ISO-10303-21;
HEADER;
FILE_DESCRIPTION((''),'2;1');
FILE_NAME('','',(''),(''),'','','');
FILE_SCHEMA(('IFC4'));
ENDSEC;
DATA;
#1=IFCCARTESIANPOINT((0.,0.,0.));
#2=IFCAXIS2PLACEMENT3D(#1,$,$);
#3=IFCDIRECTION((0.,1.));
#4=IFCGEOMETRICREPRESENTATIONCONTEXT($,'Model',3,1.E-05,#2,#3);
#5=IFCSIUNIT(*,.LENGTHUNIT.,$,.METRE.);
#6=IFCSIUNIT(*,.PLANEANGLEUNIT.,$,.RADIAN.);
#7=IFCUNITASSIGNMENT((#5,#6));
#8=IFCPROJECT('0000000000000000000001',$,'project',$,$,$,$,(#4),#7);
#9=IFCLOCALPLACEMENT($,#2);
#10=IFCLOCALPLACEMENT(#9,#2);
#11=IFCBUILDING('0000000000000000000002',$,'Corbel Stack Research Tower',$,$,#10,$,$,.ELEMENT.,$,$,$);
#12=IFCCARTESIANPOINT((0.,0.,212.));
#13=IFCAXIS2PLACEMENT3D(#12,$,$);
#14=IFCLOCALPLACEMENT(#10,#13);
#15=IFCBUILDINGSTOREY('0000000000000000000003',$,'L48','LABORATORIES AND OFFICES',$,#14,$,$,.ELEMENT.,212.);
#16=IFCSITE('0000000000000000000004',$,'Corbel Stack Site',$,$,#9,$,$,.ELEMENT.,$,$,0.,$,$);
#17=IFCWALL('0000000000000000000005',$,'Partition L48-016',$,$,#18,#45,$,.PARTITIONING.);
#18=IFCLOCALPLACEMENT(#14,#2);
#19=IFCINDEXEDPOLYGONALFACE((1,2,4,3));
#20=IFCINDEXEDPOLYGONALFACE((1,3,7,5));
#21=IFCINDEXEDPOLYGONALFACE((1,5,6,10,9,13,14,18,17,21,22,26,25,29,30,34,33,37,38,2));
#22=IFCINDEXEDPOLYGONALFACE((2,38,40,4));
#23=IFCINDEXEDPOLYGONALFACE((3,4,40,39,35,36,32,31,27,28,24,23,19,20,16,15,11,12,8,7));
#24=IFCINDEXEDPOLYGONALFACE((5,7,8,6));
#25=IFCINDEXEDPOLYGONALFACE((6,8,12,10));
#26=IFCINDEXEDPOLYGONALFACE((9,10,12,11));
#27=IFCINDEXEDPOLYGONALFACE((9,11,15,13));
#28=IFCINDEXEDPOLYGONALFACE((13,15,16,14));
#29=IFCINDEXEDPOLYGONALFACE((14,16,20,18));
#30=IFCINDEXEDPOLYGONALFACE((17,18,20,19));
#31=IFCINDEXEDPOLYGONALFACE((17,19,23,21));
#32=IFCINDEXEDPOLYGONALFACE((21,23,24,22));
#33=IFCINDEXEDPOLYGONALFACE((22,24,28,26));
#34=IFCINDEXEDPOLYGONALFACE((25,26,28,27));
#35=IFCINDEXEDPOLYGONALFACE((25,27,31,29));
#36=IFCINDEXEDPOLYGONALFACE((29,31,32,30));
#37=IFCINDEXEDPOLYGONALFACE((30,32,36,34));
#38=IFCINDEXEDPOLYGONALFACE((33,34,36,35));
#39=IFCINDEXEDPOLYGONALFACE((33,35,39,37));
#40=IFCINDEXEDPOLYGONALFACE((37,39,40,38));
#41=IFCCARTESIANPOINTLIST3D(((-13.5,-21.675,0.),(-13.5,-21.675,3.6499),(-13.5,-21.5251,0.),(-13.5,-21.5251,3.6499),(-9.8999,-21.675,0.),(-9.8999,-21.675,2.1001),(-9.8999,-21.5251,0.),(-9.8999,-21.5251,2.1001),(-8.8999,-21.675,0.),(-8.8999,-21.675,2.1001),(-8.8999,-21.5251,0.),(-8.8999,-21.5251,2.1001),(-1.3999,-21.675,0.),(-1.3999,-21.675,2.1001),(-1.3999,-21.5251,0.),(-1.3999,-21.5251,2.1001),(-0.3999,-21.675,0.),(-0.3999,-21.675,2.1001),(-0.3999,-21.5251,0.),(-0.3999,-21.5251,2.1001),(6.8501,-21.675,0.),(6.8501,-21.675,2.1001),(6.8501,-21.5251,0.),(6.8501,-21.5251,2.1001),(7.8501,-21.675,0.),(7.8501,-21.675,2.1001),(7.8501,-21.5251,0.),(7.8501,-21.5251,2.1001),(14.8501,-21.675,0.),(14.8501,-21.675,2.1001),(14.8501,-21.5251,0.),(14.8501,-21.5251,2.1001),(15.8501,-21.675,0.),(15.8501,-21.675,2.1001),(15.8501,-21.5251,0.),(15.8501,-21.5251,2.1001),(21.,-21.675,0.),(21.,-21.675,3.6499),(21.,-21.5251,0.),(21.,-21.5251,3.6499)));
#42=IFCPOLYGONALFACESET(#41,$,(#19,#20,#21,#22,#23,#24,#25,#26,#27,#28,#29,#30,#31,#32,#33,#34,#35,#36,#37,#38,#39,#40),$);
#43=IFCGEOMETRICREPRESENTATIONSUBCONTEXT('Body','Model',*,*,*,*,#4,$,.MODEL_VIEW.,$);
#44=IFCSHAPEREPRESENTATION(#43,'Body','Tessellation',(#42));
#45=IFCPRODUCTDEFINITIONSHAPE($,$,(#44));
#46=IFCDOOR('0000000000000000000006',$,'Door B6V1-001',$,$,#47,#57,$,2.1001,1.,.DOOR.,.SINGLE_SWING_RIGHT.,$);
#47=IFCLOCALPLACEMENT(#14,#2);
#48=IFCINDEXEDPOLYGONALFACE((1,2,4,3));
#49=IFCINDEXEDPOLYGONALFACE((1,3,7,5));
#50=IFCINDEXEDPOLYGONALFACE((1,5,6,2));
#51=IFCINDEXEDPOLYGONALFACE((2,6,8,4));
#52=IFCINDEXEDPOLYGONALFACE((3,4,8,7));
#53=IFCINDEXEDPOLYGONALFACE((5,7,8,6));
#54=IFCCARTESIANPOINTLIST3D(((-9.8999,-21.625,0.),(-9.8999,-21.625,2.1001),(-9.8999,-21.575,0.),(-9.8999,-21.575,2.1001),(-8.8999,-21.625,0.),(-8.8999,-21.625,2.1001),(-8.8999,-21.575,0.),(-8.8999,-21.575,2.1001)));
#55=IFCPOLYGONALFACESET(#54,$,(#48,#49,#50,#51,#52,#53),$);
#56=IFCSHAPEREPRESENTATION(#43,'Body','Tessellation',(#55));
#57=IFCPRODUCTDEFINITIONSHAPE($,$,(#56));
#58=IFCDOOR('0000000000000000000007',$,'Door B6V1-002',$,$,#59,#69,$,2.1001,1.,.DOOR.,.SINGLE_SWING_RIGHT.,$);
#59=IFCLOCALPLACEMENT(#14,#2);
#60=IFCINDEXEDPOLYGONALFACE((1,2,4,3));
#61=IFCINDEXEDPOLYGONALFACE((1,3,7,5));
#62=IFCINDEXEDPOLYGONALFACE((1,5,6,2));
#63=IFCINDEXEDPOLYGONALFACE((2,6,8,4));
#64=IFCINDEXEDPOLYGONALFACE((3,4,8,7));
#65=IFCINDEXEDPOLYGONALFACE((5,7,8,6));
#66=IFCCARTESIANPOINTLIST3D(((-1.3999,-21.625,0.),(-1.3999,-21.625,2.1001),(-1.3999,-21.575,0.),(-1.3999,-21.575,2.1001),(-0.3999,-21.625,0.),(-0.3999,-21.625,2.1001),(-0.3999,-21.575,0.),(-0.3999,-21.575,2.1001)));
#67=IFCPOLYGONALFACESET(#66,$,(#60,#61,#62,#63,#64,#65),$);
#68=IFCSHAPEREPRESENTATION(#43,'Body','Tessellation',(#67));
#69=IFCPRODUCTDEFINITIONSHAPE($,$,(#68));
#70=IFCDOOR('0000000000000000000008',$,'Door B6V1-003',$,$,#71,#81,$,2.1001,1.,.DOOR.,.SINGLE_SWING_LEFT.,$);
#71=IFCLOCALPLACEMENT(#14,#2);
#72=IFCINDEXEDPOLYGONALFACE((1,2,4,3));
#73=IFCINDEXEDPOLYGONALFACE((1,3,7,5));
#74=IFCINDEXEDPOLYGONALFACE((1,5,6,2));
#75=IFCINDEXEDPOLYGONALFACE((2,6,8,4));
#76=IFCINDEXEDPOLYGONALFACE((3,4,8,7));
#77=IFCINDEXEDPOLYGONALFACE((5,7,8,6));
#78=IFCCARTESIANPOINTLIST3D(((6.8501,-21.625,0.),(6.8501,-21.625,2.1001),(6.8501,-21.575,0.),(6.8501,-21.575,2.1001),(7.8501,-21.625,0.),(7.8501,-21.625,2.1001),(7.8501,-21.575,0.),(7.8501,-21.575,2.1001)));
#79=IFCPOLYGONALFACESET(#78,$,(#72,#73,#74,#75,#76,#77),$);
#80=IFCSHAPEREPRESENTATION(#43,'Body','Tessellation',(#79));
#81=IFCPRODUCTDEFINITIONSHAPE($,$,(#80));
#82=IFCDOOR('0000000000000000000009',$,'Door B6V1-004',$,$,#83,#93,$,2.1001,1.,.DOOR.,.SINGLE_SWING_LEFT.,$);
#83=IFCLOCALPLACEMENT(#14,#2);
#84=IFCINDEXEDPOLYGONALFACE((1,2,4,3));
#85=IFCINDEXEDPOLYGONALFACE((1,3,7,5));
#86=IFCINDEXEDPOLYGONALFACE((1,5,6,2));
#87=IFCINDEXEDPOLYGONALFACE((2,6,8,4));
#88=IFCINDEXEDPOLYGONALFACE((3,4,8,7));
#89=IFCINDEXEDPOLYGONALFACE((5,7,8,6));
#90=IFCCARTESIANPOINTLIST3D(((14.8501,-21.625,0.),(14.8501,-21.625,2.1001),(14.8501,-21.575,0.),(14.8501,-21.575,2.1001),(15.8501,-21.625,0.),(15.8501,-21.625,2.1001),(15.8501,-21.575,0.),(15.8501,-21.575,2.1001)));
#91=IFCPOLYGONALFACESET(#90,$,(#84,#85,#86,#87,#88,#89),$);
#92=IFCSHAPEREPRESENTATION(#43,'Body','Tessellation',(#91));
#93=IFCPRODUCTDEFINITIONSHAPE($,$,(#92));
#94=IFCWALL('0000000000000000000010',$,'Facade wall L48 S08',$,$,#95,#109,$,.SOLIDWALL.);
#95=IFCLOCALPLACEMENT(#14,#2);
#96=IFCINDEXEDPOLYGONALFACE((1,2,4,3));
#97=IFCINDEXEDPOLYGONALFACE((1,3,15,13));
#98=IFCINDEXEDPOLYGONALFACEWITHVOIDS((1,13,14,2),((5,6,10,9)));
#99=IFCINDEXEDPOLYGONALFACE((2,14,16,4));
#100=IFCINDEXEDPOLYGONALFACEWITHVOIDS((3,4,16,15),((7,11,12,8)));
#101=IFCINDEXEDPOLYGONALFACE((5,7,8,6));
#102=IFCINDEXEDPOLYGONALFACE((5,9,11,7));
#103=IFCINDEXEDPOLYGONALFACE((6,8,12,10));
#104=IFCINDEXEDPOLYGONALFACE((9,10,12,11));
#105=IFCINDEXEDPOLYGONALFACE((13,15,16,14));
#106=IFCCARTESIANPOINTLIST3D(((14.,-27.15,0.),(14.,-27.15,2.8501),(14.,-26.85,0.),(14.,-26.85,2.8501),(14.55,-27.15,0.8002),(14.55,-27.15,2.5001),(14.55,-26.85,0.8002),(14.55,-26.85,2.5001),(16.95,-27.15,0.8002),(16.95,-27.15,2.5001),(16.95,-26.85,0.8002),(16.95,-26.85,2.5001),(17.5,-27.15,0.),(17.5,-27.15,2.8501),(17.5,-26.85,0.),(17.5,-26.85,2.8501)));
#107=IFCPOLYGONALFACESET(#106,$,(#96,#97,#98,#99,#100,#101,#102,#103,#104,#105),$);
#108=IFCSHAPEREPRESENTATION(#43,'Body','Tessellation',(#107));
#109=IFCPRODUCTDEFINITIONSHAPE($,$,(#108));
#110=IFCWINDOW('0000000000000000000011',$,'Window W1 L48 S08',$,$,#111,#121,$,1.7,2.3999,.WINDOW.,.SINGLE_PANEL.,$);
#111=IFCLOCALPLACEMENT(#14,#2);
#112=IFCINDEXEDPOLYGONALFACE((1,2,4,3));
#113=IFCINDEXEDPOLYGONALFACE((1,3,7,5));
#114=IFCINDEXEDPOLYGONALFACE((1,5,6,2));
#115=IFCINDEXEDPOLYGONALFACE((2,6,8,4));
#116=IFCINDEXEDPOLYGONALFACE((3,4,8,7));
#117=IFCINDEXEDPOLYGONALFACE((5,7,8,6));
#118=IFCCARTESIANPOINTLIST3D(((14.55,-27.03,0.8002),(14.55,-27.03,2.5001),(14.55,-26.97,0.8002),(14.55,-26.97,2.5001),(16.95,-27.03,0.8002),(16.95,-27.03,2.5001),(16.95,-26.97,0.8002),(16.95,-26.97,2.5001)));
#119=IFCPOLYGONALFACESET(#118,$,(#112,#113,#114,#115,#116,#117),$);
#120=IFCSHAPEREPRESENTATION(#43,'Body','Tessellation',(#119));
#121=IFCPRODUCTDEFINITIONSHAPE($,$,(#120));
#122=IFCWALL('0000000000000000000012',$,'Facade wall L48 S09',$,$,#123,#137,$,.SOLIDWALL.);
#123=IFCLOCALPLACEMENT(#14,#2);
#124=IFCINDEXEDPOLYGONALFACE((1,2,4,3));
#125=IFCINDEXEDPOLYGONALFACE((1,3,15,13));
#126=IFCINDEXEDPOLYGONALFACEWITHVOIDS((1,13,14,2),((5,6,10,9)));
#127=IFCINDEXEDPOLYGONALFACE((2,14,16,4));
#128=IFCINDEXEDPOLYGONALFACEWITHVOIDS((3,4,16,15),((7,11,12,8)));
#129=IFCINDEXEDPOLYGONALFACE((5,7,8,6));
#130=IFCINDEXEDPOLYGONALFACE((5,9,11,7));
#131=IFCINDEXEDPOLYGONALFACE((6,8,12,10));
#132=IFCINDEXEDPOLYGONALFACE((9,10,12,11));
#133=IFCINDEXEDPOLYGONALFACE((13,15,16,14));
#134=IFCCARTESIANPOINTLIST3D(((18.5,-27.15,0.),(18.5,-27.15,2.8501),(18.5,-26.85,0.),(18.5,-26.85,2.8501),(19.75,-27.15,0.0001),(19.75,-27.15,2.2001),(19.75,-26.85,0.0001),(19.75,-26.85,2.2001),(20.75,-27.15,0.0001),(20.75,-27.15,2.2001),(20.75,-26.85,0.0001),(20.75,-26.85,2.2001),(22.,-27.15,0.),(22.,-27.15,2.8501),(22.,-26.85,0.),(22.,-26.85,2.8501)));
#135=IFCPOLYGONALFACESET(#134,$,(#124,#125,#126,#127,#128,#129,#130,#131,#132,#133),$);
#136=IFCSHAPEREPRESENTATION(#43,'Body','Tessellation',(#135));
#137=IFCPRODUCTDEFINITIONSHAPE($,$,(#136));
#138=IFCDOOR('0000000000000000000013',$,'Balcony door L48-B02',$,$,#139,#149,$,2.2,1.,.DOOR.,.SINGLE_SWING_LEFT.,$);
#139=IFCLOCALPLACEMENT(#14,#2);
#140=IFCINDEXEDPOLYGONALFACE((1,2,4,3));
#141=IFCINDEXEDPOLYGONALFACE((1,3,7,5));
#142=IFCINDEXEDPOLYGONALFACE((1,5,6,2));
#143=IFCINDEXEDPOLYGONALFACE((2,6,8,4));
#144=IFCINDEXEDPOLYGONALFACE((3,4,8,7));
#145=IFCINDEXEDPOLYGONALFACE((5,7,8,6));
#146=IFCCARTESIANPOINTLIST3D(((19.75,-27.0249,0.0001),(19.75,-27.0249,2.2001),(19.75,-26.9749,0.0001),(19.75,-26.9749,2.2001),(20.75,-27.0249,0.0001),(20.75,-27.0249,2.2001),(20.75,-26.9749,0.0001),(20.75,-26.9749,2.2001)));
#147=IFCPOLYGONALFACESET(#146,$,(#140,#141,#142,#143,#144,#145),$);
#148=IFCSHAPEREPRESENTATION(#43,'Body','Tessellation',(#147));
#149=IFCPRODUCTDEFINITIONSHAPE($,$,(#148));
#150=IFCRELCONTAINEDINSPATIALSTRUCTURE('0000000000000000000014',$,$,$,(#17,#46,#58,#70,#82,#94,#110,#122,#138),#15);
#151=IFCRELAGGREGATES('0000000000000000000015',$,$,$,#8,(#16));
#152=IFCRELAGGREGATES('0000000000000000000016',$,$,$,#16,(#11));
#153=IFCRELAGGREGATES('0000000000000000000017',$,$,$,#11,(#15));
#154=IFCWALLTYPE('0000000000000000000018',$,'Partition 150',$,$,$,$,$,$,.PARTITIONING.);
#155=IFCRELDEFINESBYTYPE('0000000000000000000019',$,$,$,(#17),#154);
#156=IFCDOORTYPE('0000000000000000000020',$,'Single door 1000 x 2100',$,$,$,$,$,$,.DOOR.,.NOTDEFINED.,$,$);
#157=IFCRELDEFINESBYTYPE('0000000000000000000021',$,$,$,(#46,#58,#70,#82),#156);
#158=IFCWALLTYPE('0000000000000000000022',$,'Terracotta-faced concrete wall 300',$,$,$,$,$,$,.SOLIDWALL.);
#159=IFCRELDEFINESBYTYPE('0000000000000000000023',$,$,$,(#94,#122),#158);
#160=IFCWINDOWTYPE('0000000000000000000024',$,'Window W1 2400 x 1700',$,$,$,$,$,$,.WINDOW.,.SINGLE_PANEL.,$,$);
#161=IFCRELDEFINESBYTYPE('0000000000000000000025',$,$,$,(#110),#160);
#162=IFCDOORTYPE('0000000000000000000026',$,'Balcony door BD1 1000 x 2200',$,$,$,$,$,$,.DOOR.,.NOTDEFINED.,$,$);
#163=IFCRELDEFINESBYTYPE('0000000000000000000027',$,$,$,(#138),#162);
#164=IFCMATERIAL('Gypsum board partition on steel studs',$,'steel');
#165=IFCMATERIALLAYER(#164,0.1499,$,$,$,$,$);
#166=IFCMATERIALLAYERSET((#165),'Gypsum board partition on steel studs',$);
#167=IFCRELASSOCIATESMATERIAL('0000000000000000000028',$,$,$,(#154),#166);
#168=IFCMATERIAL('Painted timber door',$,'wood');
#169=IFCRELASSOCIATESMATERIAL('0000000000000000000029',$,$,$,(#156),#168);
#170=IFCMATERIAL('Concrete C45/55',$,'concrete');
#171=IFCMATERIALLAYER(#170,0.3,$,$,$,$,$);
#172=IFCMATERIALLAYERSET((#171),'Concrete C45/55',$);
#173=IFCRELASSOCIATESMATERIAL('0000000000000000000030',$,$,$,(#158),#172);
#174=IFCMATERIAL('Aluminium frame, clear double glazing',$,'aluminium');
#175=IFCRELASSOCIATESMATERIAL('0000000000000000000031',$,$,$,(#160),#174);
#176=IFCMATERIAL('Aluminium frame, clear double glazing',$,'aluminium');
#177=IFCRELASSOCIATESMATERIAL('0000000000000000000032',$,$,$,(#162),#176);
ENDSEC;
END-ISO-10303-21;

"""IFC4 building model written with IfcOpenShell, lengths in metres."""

from ifc_helpers import new_model, si_unit, direction, frame, frame_2d, origin, place, context, subcontext, project, spatial, rectangle, extrude, material, layer, layer_set, type_object, element, fill, save


model = new_model("IFC4")

# Units and contexts
model_context = context("Model", 3, precision=1e-05, world=origin(), true_north=direction((0.0, 1.0)))
body_context = subcontext(model_context, "Body", "Model", "MODEL_VIEW")
ifc_project = project(units=[si_unit("LENGTHUNIT", "METRE"), si_unit("PLANEANGLEUNIT", "RADIAN")], contexts=[model_context])

# Site, building, storey
site_placement = place(None, origin())
site = spatial("IfcSite", under=ifc_project, at=site_placement, Name="Corbel Stack Site", CompositionType="ELEMENT", RefElevation=0.0)
building_placement = place(site_placement, origin())
building = spatial("IfcBuilding", under=site, at=building_placement, Name="Corbel Stack Research Tower", CompositionType="ELEMENT")
storey_placement = place(building_placement, frame((0.0, 0.0, 212.0)))
storey = spatial("IfcBuildingStorey", under=building, at=storey_placement, Name="L48", Description="LABORATORIES AND OFFICES", CompositionType="ELEMENT", Elevation=212.0)

# Wall, openings, doors
ifc_material_1 = material(Name="Gypsum board partition on steel studs", Category="steel")
ifc_layer_1 = layer(ifc_material_1, 0.1499)
ifc_layer_set_1 = layer_set([ifc_layer_1], Name="Gypsum board partition on steel studs")
wall_type_1 = type_object("IfcWallType", Name="Partition 150", PredefinedType="PARTITIONING", material=ifc_layer_set_1)
wall_1_placement = place(storey_placement, frame((21.0, -21.6001, 0.0), z_axis=(0.0, 0.0, 1.0), x_axis=(-1.0, 0.0, 0.0)))
wall_1 = element("IfcWall", 1, at=wall_1_placement, inside=storey, type_object=wall_type_1, Name="Partition L48-016", PredefinedType="PARTITIONING", context=body_context, shape_type="SweptSolid", body=[
    extrude(rectangle(XDim=34.5, YDim=0.1499, at=frame_2d((17.25, 0.0))), origin(), (0.0, 0.0, 1.0), 3.6499),
])
opening_1_placement = place(wall_1_placement, frame((29.8999, 0.0, 0.0)))
opening_1 = element("IfcOpeningElement", 2, at=opening_1_placement, cuts=wall_1, PredefinedType="OPENING", context=body_context, shape_type="SweptSolid", body=[
    extrude(rectangle(XDim=1.0, YDim=2.1001, at=frame_2d((0.5, 1.05))), frame((0.0, 0.085, 0.0), z_axis=(0.0, -1.0, 0.0), x_axis=(1.0, 0.0, 0.0)), (0.0, 0.0, 1.0), 0.1699),
])
opening_2_placement = place(wall_1_placement, frame((21.3999, 0.0, 0.0)))
opening_2 = element("IfcOpeningElement", 3, at=opening_2_placement, cuts=wall_1, PredefinedType="OPENING", context=body_context, shape_type="SweptSolid", body=[
    extrude(rectangle(XDim=1.0, YDim=2.1001, at=frame_2d((0.5, 1.05))), frame((0.0, 0.085, 0.0), z_axis=(0.0, -1.0, 0.0), x_axis=(1.0, 0.0, 0.0)), (0.0, 0.0, 1.0), 0.1699),
])
opening_3_placement = place(wall_1_placement, frame((13.1499, 0.0, 0.0)))
opening_3 = element("IfcOpeningElement", 4, at=opening_3_placement, cuts=wall_1, PredefinedType="OPENING", context=body_context, shape_type="SweptSolid", body=[
    extrude(rectangle(XDim=1.0, YDim=2.1001, at=frame_2d((0.5, 1.05))), frame((0.0, 0.085, 0.0), z_axis=(0.0, -1.0, 0.0), x_axis=(1.0, 0.0, 0.0)), (0.0, 0.0, 1.0), 0.1699),
])
opening_4_placement = place(wall_1_placement, frame((5.1499, 0.0, 0.0)))
opening_4 = element("IfcOpeningElement", 5, at=opening_4_placement, cuts=wall_1, PredefinedType="OPENING", context=body_context, shape_type="SweptSolid", body=[
    extrude(rectangle(XDim=1.0, YDim=2.1001, at=frame_2d((0.5, 1.05))), frame((0.0, 0.085, 0.0), z_axis=(0.0, -1.0, 0.0), x_axis=(1.0, 0.0, 0.0)), (0.0, 0.0, 1.0), 0.1699),
])
ifc_material_2 = material(Name="Painted timber door", Category="wood")
door_type_1 = type_object("IfcDoorType", Name="Single door 1000 x 2100", OperationType="NOTDEFINED", PredefinedType="DOOR", material=ifc_material_2)
door_1_placement = place(opening_1_placement, origin())
door_1 = element("IfcDoor", 6, at=door_1_placement, inside=storey, type_object=door_type_1, Name="Door B6V1-001", OperationType="SINGLE_SWING_RIGHT", OverallHeight=2.1001, OverallWidth=1.0, PredefinedType="DOOR", context=body_context, shape_type="SweptSolid", body=[
    extrude(rectangle(XDim=1.0, YDim=2.1001, at=frame_2d((0.5, 1.05))), frame((0.0, 0.0249, 0.0), z_axis=(0.0, -1.0, 0.0), x_axis=(1.0, 0.0, 0.0)), (0.0, 0.0, 1.0), 0.05),
])
fill(opening_1, door_1)
door_2_placement = place(opening_2_placement, origin())
door_2 = element("IfcDoor", 7, at=door_2_placement, inside=storey, type_object=door_type_1, Name="Door B6V1-002", OperationType="SINGLE_SWING_RIGHT", OverallHeight=2.1001, OverallWidth=1.0, PredefinedType="DOOR", context=body_context, shape_type="SweptSolid", body=[
    extrude(rectangle(XDim=1.0, YDim=2.1001, at=frame_2d((0.5, 1.05))), frame((0.0, 0.0249, 0.0), z_axis=(0.0, -1.0, 0.0), x_axis=(1.0, 0.0, 0.0)), (0.0, 0.0, 1.0), 0.05),
])
fill(opening_2, door_2)
door_3_placement = place(opening_3_placement, origin())
door_3 = element("IfcDoor", 8, at=door_3_placement, inside=storey, type_object=door_type_1, Name="Door B6V1-003", OperationType="SINGLE_SWING_LEFT", OverallHeight=2.1001, OverallWidth=1.0, PredefinedType="DOOR", context=body_context, shape_type="SweptSolid", body=[
    extrude(rectangle(XDim=1.0, YDim=2.1001, at=frame_2d((0.5, 1.05))), frame((0.0, 0.0249, 0.0), z_axis=(0.0, -1.0, 0.0), x_axis=(1.0, 0.0, 0.0)), (0.0, 0.0, 1.0), 0.05),
])
fill(opening_3, door_3)
door_4_placement = place(opening_4_placement, origin())
door_4 = element("IfcDoor", 9, at=door_4_placement, inside=storey, type_object=door_type_1, Name="Door B6V1-004", OperationType="SINGLE_SWING_LEFT", OverallHeight=2.1001, OverallWidth=1.0, PredefinedType="DOOR", context=body_context, shape_type="SweptSolid", body=[
    extrude(rectangle(XDim=1.0, YDim=2.1001, at=frame_2d((0.5, 1.05))), frame((0.0, 0.0249, 0.0), z_axis=(0.0, -1.0, 0.0), x_axis=(1.0, 0.0, 0.0)), (0.0, 0.0, 1.0), 0.05),
])
fill(opening_4, door_4)

# Wall, opening, window
ifc_material_3 = material(Name="Concrete C45/55", Category="concrete")
ifc_layer_2 = layer(ifc_material_3, 0.3)
ifc_layer_set_2 = layer_set([ifc_layer_2], Name="Concrete C45/55")
wall_type_2 = type_object("IfcWallType", Name="Terracotta-faced concrete wall 300", PredefinedType="SOLIDWALL", material=ifc_layer_set_2)
wall_2_placement = place(storey_placement, frame((17.5, -27.0, 0.0), z_axis=(0.0, 0.0, 1.0), x_axis=(-1.0, 0.0, 0.0)))
wall_2 = element("IfcWall", 10, at=wall_2_placement, inside=storey, type_object=wall_type_2, Name="Facade wall L48 S08", PredefinedType="SOLIDWALL", context=body_context, shape_type="SweptSolid", body=[
    extrude(rectangle(XDim=3.5, YDim=0.3, at=frame_2d((1.75, 0.0))), origin(), (0.0, 0.0, 1.0), 2.8501),
])
opening_5_placement = place(wall_2_placement, frame((0.55, 0.0, 0.8)))
opening_5 = element("IfcOpeningElement", 11, at=opening_5_placement, cuts=wall_2, PredefinedType="OPENING", context=body_context, shape_type="SweptSolid", body=[
    extrude(rectangle(XDim=2.3999, YDim=1.7, at=frame_2d((1.2, 0.8501))), frame((0.0, 0.1599, 0.0), z_axis=(0.0, -1.0, 0.0), x_axis=(1.0, 0.0, 0.0)), (0.0, 0.0, 1.0), 0.3201),
])
ifc_material_4 = material(Name="Aluminium frame, clear double glazing", Category="aluminium")
window_type = type_object("IfcWindowType", Name="Window W1 2400 x 1700", PartitioningType="SINGLE_PANEL", PredefinedType="WINDOW", material=ifc_material_4)
window_1_placement = place(opening_5_placement, origin())
window_1 = element("IfcWindow", 12, at=window_1_placement, inside=storey, type_object=window_type, Name="Window W1 L48 S08", OverallHeight=1.7, OverallWidth=2.3999, PartitioningType="SINGLE_PANEL", PredefinedType="WINDOW", context=body_context, shape_type="SweptSolid", body=[
    extrude(rectangle(XDim=2.3999, YDim=1.7, at=frame_2d((1.2, 0.8501))), frame((0.0, 0.03, 0.0), z_axis=(0.0, -1.0, 0.0), x_axis=(1.0, 0.0, 0.0)), (0.0, 0.0, 1.0), 0.0601),
])
fill(opening_5, window_1)

# Wall, opening, door
wall_3_placement = place(storey_placement, frame((22.0, -27.0, 0.0), z_axis=(0.0, 0.0, 1.0), x_axis=(-1.0, 0.0, 0.0)))
wall_3 = element("IfcWall", 13, at=wall_3_placement, inside=storey, type_object=wall_type_2, Name="Facade wall L48 S09", PredefinedType="SOLIDWALL", context=body_context, shape_type="SweptSolid", body=[
    extrude(rectangle(XDim=3.5, YDim=0.3, at=frame_2d((1.75, 0.0))), origin(), (0.0, 0.0, 1.0), 2.8501),
])
opening_6_placement = place(wall_3_placement, frame((1.25, 0.0, 0.0)))
opening_6 = element("IfcOpeningElement", 14, at=opening_6_placement, cuts=wall_3, PredefinedType="OPENING", context=body_context, shape_type="SweptSolid", body=[
    extrude(rectangle(XDim=1.0, YDim=2.2, at=frame_2d((0.5, 1.1001))), frame((0.0, 0.1599, 0.0), z_axis=(0.0, -1.0, 0.0), x_axis=(1.0, 0.0, 0.0)), (0.0, 0.0, 1.0), 0.3201),
])
ifc_material_5 = material(Name="Aluminium frame, clear double glazing", Category="aluminium")
door_type_2 = type_object("IfcDoorType", Name="Balcony door BD1 1000 x 2200", OperationType="NOTDEFINED", PredefinedType="DOOR", material=ifc_material_5)
door_5_placement = place(opening_6_placement, origin())
door_5 = element("IfcDoor", 15, at=door_5_placement, inside=storey, type_object=door_type_2, Name="Balcony door L48-B02", OperationType="SINGLE_SWING_LEFT", OverallHeight=2.2, OverallWidth=1.0, PredefinedType="DOOR", context=body_context, shape_type="SweptSolid", body=[
    extrude(rectangle(XDim=1.0, YDim=2.2, at=frame_2d((0.5, 1.1001))), frame((0.0, 0.0249, 0.0), z_axis=(0.0, -1.0, 0.0), x_axis=(1.0, 0.0, 0.0)), (0.0, 0.0, 1.0), 0.05),
])
fill(opening_6, door_5)

save(model, "model.ifc")
